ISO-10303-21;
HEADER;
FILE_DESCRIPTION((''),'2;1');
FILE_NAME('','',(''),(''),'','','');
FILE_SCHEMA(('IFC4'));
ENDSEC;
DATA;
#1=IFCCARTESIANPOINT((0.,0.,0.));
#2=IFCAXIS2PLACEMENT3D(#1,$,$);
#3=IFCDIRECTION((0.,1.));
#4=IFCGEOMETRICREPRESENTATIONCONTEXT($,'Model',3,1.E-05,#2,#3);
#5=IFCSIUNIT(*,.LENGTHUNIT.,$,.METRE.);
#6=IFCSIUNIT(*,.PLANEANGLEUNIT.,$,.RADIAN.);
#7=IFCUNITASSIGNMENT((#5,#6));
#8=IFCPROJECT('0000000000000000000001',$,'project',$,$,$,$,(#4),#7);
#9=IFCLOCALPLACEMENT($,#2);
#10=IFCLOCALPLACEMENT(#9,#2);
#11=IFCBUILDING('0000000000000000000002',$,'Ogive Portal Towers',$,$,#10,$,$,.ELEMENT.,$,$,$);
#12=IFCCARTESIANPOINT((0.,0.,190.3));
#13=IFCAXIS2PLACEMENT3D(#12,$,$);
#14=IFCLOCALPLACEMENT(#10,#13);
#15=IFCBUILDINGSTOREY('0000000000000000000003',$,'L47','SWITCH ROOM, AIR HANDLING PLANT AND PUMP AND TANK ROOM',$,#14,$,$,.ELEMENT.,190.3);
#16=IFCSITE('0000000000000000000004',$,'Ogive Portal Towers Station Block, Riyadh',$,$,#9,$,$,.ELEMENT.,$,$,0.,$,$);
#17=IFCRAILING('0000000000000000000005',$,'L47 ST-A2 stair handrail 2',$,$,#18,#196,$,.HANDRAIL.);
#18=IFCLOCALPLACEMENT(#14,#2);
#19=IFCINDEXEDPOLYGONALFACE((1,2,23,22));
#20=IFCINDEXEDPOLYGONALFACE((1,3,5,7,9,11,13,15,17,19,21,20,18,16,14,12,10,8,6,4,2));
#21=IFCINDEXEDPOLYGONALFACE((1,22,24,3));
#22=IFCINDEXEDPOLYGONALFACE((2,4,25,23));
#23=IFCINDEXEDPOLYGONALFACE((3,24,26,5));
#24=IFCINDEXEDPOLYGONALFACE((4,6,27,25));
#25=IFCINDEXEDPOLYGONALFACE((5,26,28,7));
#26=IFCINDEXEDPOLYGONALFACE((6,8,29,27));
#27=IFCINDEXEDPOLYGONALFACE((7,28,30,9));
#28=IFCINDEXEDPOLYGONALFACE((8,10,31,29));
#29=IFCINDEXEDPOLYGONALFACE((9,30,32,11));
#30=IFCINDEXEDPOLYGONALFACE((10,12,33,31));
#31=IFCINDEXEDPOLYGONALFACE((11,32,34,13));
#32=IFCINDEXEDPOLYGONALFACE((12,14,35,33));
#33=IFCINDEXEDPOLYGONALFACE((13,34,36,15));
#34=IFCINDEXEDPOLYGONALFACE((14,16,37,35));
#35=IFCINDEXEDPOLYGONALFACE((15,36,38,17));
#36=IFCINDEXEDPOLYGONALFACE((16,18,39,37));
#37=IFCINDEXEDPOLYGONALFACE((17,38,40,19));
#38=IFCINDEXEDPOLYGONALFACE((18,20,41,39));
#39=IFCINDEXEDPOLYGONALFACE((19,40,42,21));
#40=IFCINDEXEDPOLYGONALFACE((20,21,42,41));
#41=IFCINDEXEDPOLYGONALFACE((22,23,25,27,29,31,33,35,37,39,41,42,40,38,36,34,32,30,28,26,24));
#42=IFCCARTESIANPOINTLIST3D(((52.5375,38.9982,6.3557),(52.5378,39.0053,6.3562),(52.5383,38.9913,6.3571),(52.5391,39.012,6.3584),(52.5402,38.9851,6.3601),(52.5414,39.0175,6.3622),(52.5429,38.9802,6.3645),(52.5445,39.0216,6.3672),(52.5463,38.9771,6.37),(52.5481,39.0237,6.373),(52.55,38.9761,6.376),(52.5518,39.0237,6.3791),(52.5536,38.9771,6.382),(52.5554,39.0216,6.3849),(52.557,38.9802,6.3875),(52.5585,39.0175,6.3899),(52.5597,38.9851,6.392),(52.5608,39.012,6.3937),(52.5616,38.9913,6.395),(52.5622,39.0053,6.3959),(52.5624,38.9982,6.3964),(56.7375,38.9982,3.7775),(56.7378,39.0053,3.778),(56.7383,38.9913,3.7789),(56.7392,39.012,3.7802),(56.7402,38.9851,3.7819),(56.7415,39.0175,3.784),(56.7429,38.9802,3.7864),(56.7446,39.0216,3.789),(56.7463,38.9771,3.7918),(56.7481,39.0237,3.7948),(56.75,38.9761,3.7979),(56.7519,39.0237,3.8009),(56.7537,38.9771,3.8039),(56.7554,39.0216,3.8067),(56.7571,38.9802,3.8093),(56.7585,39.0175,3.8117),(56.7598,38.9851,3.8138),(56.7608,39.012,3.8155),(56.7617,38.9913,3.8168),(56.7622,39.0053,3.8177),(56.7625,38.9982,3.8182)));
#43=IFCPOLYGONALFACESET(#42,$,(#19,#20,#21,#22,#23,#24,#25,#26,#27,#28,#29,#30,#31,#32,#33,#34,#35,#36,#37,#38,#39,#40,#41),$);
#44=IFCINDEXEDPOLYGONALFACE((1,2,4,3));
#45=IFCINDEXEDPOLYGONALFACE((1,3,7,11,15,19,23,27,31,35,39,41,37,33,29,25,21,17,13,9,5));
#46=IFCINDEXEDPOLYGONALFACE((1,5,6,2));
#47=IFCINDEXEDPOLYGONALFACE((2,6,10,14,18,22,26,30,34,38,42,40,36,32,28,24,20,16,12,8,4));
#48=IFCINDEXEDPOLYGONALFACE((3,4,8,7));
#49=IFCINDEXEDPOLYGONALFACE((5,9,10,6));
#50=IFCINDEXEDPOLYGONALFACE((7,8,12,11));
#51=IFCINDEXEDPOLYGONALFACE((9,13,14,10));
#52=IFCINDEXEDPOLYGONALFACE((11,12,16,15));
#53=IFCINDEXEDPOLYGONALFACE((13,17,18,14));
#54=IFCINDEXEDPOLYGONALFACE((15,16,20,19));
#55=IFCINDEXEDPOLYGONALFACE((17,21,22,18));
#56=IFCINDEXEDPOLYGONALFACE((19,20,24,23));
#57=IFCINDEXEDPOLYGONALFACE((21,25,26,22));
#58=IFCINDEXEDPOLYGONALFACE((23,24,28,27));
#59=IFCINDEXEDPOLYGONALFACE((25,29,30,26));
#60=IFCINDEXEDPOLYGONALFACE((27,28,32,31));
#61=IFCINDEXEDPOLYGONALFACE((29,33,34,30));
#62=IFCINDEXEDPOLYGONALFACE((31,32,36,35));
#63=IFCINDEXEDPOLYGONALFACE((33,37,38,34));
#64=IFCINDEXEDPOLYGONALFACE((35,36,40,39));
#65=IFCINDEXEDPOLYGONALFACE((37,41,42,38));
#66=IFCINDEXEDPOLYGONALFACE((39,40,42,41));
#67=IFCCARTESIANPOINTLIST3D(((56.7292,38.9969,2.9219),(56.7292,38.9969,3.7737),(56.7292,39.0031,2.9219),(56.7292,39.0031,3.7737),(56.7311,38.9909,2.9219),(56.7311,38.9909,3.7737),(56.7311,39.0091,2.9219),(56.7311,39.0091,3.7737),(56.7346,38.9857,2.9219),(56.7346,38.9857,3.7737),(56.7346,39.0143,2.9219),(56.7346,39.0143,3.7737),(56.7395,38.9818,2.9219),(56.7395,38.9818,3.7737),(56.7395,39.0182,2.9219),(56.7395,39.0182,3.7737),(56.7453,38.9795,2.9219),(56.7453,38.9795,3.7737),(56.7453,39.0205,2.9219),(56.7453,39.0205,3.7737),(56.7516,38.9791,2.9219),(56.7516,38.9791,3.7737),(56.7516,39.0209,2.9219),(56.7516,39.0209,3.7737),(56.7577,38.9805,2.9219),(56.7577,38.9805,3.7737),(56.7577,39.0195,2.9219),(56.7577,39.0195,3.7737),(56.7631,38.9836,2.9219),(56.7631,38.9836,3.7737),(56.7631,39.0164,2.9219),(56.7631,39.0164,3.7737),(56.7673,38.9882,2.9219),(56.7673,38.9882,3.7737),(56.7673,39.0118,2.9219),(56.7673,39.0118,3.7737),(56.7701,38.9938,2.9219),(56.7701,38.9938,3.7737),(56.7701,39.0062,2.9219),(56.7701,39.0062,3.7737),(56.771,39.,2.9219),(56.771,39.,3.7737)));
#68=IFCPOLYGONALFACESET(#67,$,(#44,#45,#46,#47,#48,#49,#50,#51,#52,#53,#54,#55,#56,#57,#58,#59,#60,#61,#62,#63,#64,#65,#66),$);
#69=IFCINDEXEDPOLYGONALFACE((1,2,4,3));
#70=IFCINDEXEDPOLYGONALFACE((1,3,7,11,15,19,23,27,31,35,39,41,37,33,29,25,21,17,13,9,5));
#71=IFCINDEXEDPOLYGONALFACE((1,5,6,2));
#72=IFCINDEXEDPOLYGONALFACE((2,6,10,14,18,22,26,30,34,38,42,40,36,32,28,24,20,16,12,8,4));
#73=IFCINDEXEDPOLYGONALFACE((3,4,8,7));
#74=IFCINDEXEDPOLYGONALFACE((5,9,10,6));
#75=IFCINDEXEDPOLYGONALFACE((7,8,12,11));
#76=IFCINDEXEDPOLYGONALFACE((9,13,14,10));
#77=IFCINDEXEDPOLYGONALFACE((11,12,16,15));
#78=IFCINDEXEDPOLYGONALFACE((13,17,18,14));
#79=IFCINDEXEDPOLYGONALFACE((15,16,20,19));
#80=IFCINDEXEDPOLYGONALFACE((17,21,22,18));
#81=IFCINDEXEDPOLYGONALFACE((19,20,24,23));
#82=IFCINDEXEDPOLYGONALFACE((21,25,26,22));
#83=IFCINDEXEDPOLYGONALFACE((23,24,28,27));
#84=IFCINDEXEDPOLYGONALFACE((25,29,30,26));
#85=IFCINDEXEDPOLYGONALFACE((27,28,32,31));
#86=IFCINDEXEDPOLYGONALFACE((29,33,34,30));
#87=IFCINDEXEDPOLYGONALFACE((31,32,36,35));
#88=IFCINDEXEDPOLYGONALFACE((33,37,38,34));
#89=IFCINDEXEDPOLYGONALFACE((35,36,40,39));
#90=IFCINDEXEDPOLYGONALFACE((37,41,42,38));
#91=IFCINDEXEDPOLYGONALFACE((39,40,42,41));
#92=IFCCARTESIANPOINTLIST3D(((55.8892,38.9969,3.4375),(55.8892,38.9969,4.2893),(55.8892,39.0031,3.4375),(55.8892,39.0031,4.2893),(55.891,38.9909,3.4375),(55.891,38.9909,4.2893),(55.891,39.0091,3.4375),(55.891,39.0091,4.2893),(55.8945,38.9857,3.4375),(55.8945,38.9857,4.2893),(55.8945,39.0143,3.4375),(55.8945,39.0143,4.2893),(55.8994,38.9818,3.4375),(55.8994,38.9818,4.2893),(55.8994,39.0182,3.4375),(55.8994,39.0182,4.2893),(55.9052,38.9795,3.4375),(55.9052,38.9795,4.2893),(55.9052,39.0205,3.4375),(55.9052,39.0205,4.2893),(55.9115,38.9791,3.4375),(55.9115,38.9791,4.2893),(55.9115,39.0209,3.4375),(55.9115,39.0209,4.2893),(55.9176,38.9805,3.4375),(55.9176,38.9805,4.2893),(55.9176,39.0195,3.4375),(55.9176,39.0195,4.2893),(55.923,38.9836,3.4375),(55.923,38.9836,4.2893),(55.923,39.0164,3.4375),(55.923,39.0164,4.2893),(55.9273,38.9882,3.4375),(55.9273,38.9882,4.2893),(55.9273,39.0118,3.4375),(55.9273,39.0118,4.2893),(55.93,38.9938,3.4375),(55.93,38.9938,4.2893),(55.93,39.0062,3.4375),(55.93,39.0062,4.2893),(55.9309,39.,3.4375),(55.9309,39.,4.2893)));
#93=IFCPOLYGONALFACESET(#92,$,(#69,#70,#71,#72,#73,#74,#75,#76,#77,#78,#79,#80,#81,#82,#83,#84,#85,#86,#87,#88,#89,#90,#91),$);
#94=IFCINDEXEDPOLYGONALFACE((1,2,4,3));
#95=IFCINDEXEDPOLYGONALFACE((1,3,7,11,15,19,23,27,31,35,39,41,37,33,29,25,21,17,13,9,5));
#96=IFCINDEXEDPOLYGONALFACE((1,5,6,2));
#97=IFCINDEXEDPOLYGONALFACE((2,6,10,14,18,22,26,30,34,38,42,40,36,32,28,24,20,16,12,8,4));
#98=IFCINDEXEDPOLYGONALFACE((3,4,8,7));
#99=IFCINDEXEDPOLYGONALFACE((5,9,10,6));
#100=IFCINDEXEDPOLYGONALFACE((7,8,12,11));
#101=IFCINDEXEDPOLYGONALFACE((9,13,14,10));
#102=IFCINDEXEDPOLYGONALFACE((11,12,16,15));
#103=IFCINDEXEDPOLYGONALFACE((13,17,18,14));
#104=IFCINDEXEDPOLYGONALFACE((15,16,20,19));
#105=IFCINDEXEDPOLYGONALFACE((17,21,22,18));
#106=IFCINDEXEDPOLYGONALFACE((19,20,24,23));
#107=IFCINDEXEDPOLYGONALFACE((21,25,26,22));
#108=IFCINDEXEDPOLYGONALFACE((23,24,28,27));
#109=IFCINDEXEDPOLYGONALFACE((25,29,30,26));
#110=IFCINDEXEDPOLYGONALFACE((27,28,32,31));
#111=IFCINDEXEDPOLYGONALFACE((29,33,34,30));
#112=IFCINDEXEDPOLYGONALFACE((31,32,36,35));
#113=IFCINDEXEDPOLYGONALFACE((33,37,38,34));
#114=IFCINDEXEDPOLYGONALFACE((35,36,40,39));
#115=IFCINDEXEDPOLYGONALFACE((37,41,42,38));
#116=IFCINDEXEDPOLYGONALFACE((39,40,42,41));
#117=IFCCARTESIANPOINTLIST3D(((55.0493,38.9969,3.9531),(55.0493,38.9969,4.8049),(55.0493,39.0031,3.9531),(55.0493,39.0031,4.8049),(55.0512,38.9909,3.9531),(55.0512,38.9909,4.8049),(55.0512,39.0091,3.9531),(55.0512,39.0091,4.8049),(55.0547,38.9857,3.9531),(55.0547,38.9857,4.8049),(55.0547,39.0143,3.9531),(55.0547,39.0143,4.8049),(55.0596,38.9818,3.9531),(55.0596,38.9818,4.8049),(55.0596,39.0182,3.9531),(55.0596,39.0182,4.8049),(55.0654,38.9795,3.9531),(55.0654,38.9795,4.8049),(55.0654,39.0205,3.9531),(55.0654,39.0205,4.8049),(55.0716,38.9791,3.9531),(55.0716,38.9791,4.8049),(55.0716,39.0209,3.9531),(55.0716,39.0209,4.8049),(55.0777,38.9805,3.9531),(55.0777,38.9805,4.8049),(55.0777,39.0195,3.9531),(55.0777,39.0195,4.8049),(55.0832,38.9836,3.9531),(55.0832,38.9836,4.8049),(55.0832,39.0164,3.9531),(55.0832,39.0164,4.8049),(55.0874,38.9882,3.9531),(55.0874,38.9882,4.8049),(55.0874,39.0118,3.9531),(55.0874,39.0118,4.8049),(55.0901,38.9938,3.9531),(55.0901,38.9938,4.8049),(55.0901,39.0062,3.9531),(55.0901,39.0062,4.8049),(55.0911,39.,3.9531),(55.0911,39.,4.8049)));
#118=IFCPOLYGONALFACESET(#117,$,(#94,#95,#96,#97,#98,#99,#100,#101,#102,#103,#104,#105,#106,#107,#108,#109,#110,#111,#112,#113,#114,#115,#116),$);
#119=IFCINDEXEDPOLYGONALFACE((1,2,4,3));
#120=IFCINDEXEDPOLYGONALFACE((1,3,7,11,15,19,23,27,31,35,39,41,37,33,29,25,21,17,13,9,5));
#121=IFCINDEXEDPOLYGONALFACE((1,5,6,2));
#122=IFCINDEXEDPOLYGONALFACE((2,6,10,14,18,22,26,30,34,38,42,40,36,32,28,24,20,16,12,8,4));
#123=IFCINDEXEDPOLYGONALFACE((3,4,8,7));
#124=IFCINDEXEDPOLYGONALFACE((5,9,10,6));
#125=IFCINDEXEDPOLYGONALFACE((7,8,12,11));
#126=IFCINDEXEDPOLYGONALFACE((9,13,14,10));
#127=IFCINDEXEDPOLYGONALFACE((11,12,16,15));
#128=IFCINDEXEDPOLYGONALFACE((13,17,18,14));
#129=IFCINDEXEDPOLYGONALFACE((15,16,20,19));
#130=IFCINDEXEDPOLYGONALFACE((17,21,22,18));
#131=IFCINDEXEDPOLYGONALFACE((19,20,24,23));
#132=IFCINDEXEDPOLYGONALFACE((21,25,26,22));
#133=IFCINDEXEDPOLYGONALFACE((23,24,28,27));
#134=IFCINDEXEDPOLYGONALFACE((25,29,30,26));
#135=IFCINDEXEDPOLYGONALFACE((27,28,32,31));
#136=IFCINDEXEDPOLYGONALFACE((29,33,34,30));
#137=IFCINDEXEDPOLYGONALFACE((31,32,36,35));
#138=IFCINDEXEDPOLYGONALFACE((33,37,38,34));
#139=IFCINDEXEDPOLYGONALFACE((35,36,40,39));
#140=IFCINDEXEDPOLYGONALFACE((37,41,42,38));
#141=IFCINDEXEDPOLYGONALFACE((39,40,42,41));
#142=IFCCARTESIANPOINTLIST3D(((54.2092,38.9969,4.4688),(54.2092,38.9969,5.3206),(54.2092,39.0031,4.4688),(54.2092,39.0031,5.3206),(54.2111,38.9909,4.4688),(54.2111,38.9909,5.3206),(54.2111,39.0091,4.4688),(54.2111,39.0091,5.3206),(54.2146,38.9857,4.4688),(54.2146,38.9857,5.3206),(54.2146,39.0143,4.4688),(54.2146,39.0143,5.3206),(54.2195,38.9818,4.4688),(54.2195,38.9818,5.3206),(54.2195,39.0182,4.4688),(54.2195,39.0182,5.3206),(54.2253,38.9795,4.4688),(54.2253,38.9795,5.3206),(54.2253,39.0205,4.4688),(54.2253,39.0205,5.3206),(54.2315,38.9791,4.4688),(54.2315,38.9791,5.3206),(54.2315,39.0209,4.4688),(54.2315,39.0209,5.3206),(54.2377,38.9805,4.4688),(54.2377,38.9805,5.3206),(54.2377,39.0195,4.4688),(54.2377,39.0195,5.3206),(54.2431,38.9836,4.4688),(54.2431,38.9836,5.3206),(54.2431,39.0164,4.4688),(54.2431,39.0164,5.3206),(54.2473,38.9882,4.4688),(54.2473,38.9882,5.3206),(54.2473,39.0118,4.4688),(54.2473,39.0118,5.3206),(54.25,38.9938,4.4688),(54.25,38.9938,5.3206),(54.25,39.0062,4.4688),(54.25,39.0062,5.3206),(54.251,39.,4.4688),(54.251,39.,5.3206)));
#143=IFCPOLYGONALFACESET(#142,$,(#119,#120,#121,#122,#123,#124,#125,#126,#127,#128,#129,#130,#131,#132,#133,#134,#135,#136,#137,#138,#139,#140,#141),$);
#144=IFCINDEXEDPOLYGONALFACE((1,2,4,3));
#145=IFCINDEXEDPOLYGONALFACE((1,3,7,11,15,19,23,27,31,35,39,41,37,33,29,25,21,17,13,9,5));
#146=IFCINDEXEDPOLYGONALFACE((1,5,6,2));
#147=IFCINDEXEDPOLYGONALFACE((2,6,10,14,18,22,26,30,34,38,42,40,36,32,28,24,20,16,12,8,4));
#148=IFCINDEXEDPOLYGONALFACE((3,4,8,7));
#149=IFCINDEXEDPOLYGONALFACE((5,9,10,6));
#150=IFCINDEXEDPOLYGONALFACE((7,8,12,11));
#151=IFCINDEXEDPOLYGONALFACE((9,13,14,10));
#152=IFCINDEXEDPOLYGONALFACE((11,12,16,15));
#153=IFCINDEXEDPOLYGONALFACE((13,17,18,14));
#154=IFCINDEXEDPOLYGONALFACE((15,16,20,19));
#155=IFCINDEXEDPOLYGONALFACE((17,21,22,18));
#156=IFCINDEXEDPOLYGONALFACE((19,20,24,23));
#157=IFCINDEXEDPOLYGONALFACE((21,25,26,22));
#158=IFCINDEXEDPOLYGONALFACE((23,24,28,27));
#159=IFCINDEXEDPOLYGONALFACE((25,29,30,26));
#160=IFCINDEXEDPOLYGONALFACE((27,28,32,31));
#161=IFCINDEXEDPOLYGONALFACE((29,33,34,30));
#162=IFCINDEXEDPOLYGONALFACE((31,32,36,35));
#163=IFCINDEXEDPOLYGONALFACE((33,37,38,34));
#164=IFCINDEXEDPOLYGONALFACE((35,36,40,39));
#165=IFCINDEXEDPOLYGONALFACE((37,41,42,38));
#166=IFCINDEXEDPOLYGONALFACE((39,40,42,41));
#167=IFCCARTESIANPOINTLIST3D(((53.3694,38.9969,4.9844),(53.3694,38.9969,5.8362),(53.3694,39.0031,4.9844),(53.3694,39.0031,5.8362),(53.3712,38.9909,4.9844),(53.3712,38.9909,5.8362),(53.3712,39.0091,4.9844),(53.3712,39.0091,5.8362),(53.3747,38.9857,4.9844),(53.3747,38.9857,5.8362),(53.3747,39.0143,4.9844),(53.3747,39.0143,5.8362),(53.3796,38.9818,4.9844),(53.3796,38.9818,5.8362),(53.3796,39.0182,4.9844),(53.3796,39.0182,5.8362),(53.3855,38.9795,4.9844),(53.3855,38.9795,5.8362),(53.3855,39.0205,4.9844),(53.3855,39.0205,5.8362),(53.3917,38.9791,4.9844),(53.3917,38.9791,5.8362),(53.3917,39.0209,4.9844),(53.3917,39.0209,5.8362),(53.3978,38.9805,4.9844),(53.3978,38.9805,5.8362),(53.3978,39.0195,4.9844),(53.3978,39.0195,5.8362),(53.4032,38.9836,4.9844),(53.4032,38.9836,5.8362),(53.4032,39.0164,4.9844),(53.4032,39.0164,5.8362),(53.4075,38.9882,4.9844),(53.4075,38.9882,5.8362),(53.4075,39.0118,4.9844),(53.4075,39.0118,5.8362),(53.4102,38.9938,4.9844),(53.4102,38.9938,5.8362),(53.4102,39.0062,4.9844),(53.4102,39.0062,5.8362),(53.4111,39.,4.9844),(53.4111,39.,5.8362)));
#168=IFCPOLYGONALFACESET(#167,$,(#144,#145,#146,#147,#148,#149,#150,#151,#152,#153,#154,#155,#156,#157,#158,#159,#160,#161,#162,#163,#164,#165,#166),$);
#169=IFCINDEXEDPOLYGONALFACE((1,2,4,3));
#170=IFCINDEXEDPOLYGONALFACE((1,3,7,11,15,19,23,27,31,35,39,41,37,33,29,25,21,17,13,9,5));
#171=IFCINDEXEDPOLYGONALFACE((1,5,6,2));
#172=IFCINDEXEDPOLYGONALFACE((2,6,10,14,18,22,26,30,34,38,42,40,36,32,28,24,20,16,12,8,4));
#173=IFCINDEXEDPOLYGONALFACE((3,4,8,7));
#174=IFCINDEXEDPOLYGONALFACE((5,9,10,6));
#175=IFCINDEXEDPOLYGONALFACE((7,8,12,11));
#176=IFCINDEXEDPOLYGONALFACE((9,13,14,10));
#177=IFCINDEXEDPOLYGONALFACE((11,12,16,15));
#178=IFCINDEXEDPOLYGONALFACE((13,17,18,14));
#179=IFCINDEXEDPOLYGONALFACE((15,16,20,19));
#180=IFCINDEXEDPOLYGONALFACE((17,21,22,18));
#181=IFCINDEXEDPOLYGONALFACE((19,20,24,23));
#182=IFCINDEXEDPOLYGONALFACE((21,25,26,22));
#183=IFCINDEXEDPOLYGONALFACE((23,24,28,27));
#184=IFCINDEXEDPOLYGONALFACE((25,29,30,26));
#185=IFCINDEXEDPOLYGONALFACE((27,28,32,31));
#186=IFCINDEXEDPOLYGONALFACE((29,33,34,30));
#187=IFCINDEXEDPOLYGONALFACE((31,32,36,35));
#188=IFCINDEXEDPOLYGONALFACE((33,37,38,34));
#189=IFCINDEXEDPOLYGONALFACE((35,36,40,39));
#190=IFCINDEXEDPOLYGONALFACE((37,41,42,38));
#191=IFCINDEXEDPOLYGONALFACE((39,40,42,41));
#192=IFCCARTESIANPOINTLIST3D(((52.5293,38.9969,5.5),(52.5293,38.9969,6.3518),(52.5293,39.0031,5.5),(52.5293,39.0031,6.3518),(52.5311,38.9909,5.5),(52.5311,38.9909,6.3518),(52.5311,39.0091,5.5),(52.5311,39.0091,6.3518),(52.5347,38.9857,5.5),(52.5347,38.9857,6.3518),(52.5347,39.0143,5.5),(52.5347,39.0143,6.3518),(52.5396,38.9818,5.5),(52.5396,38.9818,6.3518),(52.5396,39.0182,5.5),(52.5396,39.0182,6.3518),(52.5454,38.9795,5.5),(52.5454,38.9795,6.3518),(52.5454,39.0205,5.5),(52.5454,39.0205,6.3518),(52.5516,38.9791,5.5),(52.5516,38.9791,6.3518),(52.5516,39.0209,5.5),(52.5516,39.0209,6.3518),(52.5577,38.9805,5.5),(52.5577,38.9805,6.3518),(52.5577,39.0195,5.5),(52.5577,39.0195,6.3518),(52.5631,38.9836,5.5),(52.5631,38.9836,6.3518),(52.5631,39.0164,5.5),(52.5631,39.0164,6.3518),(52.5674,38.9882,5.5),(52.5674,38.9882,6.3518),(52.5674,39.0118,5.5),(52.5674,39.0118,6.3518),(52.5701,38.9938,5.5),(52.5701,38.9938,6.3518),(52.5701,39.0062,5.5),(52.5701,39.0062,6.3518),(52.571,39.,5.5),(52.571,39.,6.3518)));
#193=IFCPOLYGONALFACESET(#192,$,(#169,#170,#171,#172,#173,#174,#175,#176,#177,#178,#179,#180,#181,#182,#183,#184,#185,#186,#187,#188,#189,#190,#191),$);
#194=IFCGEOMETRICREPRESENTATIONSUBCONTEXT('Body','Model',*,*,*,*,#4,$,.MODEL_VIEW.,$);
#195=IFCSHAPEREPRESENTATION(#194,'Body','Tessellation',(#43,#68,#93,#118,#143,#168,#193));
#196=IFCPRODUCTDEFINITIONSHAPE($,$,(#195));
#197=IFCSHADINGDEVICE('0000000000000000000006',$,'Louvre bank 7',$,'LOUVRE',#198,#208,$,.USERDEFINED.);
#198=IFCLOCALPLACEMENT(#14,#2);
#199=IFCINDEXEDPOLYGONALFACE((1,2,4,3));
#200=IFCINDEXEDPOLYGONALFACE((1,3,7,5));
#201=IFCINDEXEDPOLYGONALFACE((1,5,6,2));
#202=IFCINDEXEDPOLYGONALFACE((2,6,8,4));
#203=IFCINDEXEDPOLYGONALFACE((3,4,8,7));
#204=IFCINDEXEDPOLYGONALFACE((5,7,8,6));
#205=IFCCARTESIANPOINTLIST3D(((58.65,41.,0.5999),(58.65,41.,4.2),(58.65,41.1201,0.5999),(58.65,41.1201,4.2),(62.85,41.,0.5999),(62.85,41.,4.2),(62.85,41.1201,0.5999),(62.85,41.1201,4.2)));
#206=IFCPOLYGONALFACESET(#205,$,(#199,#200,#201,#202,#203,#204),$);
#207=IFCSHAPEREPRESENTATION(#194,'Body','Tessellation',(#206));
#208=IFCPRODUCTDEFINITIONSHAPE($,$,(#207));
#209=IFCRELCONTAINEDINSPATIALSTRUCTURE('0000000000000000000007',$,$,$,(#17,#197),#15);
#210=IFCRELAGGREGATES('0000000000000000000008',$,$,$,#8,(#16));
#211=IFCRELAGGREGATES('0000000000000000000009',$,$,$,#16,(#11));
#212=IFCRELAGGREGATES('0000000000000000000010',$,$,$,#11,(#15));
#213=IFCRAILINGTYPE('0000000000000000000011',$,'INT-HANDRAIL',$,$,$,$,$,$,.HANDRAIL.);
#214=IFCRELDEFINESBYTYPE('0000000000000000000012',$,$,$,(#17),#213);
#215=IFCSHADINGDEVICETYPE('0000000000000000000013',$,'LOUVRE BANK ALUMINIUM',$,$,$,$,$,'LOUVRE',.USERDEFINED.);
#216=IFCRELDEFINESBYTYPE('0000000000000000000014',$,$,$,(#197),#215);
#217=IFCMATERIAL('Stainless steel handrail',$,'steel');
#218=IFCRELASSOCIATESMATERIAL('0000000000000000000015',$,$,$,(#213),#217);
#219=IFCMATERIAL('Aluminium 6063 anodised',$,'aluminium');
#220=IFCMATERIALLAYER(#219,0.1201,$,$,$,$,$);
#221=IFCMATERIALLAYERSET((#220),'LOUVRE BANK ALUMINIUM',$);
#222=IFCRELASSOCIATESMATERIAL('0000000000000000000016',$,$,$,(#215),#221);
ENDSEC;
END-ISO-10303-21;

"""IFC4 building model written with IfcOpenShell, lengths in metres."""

from ifc_helpers import new_model, si_unit, direction, frame, origin, origin_2d, place, context, subcontext, project, spatial, rectangle, circle, extrude, material, layer, layer_set, type_object, element, save


model = new_model("IFC4")

# Units and contexts
model_context = context("Model", 3, precision=1e-05, world=origin(), true_north=direction((0.0, 1.0)))
body_context = subcontext(model_context, "Body", "Model", "MODEL_VIEW")
ifc_project = project(units=[si_unit("LENGTHUNIT", "METRE"), si_unit("PLANEANGLEUNIT", "RADIAN")], contexts=[model_context])

# Site, building, storey
site_placement = place(None, origin())
site = spatial("IfcSite", under=ifc_project, at=site_placement, Name="Ogive Portal Towers Station Block, Riyadh", CompositionType="ELEMENT", RefElevation=0.0)
building_placement = place(site_placement, origin())
building = spatial("IfcBuilding", under=site, at=building_placement, Name="Ogive Portal Towers", CompositionType="ELEMENT")
storey_placement = place(building_placement, frame((0.0, 0.0, 190.3)))
storey = spatial("IfcBuildingStorey", under=building, at=storey_placement, Name="L47", Description="SWITCH ROOM, AIR HANDLING PLANT AND PUMP AND TANK ROOM", CompositionType="ELEMENT", Elevation=190.3)

# Railing
ifc_material_1 = material(Name="Stainless steel handrail", Category="steel")
railing_type_1 = type_object("IfcRailingType", Name="INT-HANDRAIL", PredefinedType="HANDRAIL", material=ifc_material_1)
railing_1_placement = place(storey_placement, frame((56.75, 39.0, 2.9219)))
element("IfcRailing", 1, at=railing_1_placement, inside=storey, type_object=railing_type_1, Name="L47 ST-A2 stair handrail 2", PredefinedType="HANDRAIL", context=body_context, shape_type="SweptSolid", body=[
    extrude(circle(Radius=0.0239, at=origin_2d()), frame((0.0, 0.0, 0.876), z_axis=(-0.852243, 0.0, 0.523146), x_axis=(0.0, -1.0, 0.0)), (0.0, 0.0, 1.0), 4.9282),
    extrude(circle(Radius=0.021, at=origin_2d()), origin(), (0.0, 0.0, 1.0), 0.8518),
    extrude(circle(Radius=0.021, at=origin_2d()), frame((-0.8401, 0.0, 0.5156)), (0.0, 0.0, 1.0), 0.8518),
    extrude(circle(Radius=0.021, at=origin_2d()), frame((-1.6799, 0.0, 1.0312)), (0.0, 0.0, 1.0), 0.8518),
    extrude(circle(Radius=0.021, at=origin_2d()), frame((-2.52, 0.0, 1.5469)), (0.0, 0.0, 1.0), 0.8518),
    extrude(circle(Radius=0.021, at=origin_2d()), frame((-3.3599, 0.0, 2.0625)), (0.0, 0.0, 1.0), 0.8518),
    extrude(circle(Radius=0.021, at=origin_2d()), frame((-4.2, 0.0, 2.5781)), (0.0, 0.0, 1.0), 0.8518),
])

# Shading device
ifc_material_2 = material(Name="Aluminium 6063 anodised", Category="aluminium")
ifc_layer_1 = layer(ifc_material_2, 0.1201)
ifc_layer_set_1 = layer_set([ifc_layer_1], Name="LOUVRE BANK ALUMINIUM")
shading_device_type = type_object("IfcShadingDeviceType", Name="LOUVRE BANK ALUMINIUM", ElementType="LOUVRE", PredefinedType="USERDEFINED", material=ifc_layer_set_1)
shading_device_1_placement = place(storey_placement, frame((60.75, 41.0601, 0.5999), z_axis=(0.0, 0.0, 1.0), x_axis=(-1.0, 0.0, 0.0)))
element("IfcShadingDevice", 2, at=shading_device_1_placement, inside=storey, type_object=shading_device_type, Name="Louvre bank 7", ObjectType="LOUVRE", PredefinedType="USERDEFINED", context=body_context, shape_type="SweptSolid", body=[
    extrude(rectangle(XDim=4.2, YDim=0.1201, at=origin_2d()), origin(), (0.0, 0.0, 1.0), 3.6001),
])

save(model, "model.ifc")
